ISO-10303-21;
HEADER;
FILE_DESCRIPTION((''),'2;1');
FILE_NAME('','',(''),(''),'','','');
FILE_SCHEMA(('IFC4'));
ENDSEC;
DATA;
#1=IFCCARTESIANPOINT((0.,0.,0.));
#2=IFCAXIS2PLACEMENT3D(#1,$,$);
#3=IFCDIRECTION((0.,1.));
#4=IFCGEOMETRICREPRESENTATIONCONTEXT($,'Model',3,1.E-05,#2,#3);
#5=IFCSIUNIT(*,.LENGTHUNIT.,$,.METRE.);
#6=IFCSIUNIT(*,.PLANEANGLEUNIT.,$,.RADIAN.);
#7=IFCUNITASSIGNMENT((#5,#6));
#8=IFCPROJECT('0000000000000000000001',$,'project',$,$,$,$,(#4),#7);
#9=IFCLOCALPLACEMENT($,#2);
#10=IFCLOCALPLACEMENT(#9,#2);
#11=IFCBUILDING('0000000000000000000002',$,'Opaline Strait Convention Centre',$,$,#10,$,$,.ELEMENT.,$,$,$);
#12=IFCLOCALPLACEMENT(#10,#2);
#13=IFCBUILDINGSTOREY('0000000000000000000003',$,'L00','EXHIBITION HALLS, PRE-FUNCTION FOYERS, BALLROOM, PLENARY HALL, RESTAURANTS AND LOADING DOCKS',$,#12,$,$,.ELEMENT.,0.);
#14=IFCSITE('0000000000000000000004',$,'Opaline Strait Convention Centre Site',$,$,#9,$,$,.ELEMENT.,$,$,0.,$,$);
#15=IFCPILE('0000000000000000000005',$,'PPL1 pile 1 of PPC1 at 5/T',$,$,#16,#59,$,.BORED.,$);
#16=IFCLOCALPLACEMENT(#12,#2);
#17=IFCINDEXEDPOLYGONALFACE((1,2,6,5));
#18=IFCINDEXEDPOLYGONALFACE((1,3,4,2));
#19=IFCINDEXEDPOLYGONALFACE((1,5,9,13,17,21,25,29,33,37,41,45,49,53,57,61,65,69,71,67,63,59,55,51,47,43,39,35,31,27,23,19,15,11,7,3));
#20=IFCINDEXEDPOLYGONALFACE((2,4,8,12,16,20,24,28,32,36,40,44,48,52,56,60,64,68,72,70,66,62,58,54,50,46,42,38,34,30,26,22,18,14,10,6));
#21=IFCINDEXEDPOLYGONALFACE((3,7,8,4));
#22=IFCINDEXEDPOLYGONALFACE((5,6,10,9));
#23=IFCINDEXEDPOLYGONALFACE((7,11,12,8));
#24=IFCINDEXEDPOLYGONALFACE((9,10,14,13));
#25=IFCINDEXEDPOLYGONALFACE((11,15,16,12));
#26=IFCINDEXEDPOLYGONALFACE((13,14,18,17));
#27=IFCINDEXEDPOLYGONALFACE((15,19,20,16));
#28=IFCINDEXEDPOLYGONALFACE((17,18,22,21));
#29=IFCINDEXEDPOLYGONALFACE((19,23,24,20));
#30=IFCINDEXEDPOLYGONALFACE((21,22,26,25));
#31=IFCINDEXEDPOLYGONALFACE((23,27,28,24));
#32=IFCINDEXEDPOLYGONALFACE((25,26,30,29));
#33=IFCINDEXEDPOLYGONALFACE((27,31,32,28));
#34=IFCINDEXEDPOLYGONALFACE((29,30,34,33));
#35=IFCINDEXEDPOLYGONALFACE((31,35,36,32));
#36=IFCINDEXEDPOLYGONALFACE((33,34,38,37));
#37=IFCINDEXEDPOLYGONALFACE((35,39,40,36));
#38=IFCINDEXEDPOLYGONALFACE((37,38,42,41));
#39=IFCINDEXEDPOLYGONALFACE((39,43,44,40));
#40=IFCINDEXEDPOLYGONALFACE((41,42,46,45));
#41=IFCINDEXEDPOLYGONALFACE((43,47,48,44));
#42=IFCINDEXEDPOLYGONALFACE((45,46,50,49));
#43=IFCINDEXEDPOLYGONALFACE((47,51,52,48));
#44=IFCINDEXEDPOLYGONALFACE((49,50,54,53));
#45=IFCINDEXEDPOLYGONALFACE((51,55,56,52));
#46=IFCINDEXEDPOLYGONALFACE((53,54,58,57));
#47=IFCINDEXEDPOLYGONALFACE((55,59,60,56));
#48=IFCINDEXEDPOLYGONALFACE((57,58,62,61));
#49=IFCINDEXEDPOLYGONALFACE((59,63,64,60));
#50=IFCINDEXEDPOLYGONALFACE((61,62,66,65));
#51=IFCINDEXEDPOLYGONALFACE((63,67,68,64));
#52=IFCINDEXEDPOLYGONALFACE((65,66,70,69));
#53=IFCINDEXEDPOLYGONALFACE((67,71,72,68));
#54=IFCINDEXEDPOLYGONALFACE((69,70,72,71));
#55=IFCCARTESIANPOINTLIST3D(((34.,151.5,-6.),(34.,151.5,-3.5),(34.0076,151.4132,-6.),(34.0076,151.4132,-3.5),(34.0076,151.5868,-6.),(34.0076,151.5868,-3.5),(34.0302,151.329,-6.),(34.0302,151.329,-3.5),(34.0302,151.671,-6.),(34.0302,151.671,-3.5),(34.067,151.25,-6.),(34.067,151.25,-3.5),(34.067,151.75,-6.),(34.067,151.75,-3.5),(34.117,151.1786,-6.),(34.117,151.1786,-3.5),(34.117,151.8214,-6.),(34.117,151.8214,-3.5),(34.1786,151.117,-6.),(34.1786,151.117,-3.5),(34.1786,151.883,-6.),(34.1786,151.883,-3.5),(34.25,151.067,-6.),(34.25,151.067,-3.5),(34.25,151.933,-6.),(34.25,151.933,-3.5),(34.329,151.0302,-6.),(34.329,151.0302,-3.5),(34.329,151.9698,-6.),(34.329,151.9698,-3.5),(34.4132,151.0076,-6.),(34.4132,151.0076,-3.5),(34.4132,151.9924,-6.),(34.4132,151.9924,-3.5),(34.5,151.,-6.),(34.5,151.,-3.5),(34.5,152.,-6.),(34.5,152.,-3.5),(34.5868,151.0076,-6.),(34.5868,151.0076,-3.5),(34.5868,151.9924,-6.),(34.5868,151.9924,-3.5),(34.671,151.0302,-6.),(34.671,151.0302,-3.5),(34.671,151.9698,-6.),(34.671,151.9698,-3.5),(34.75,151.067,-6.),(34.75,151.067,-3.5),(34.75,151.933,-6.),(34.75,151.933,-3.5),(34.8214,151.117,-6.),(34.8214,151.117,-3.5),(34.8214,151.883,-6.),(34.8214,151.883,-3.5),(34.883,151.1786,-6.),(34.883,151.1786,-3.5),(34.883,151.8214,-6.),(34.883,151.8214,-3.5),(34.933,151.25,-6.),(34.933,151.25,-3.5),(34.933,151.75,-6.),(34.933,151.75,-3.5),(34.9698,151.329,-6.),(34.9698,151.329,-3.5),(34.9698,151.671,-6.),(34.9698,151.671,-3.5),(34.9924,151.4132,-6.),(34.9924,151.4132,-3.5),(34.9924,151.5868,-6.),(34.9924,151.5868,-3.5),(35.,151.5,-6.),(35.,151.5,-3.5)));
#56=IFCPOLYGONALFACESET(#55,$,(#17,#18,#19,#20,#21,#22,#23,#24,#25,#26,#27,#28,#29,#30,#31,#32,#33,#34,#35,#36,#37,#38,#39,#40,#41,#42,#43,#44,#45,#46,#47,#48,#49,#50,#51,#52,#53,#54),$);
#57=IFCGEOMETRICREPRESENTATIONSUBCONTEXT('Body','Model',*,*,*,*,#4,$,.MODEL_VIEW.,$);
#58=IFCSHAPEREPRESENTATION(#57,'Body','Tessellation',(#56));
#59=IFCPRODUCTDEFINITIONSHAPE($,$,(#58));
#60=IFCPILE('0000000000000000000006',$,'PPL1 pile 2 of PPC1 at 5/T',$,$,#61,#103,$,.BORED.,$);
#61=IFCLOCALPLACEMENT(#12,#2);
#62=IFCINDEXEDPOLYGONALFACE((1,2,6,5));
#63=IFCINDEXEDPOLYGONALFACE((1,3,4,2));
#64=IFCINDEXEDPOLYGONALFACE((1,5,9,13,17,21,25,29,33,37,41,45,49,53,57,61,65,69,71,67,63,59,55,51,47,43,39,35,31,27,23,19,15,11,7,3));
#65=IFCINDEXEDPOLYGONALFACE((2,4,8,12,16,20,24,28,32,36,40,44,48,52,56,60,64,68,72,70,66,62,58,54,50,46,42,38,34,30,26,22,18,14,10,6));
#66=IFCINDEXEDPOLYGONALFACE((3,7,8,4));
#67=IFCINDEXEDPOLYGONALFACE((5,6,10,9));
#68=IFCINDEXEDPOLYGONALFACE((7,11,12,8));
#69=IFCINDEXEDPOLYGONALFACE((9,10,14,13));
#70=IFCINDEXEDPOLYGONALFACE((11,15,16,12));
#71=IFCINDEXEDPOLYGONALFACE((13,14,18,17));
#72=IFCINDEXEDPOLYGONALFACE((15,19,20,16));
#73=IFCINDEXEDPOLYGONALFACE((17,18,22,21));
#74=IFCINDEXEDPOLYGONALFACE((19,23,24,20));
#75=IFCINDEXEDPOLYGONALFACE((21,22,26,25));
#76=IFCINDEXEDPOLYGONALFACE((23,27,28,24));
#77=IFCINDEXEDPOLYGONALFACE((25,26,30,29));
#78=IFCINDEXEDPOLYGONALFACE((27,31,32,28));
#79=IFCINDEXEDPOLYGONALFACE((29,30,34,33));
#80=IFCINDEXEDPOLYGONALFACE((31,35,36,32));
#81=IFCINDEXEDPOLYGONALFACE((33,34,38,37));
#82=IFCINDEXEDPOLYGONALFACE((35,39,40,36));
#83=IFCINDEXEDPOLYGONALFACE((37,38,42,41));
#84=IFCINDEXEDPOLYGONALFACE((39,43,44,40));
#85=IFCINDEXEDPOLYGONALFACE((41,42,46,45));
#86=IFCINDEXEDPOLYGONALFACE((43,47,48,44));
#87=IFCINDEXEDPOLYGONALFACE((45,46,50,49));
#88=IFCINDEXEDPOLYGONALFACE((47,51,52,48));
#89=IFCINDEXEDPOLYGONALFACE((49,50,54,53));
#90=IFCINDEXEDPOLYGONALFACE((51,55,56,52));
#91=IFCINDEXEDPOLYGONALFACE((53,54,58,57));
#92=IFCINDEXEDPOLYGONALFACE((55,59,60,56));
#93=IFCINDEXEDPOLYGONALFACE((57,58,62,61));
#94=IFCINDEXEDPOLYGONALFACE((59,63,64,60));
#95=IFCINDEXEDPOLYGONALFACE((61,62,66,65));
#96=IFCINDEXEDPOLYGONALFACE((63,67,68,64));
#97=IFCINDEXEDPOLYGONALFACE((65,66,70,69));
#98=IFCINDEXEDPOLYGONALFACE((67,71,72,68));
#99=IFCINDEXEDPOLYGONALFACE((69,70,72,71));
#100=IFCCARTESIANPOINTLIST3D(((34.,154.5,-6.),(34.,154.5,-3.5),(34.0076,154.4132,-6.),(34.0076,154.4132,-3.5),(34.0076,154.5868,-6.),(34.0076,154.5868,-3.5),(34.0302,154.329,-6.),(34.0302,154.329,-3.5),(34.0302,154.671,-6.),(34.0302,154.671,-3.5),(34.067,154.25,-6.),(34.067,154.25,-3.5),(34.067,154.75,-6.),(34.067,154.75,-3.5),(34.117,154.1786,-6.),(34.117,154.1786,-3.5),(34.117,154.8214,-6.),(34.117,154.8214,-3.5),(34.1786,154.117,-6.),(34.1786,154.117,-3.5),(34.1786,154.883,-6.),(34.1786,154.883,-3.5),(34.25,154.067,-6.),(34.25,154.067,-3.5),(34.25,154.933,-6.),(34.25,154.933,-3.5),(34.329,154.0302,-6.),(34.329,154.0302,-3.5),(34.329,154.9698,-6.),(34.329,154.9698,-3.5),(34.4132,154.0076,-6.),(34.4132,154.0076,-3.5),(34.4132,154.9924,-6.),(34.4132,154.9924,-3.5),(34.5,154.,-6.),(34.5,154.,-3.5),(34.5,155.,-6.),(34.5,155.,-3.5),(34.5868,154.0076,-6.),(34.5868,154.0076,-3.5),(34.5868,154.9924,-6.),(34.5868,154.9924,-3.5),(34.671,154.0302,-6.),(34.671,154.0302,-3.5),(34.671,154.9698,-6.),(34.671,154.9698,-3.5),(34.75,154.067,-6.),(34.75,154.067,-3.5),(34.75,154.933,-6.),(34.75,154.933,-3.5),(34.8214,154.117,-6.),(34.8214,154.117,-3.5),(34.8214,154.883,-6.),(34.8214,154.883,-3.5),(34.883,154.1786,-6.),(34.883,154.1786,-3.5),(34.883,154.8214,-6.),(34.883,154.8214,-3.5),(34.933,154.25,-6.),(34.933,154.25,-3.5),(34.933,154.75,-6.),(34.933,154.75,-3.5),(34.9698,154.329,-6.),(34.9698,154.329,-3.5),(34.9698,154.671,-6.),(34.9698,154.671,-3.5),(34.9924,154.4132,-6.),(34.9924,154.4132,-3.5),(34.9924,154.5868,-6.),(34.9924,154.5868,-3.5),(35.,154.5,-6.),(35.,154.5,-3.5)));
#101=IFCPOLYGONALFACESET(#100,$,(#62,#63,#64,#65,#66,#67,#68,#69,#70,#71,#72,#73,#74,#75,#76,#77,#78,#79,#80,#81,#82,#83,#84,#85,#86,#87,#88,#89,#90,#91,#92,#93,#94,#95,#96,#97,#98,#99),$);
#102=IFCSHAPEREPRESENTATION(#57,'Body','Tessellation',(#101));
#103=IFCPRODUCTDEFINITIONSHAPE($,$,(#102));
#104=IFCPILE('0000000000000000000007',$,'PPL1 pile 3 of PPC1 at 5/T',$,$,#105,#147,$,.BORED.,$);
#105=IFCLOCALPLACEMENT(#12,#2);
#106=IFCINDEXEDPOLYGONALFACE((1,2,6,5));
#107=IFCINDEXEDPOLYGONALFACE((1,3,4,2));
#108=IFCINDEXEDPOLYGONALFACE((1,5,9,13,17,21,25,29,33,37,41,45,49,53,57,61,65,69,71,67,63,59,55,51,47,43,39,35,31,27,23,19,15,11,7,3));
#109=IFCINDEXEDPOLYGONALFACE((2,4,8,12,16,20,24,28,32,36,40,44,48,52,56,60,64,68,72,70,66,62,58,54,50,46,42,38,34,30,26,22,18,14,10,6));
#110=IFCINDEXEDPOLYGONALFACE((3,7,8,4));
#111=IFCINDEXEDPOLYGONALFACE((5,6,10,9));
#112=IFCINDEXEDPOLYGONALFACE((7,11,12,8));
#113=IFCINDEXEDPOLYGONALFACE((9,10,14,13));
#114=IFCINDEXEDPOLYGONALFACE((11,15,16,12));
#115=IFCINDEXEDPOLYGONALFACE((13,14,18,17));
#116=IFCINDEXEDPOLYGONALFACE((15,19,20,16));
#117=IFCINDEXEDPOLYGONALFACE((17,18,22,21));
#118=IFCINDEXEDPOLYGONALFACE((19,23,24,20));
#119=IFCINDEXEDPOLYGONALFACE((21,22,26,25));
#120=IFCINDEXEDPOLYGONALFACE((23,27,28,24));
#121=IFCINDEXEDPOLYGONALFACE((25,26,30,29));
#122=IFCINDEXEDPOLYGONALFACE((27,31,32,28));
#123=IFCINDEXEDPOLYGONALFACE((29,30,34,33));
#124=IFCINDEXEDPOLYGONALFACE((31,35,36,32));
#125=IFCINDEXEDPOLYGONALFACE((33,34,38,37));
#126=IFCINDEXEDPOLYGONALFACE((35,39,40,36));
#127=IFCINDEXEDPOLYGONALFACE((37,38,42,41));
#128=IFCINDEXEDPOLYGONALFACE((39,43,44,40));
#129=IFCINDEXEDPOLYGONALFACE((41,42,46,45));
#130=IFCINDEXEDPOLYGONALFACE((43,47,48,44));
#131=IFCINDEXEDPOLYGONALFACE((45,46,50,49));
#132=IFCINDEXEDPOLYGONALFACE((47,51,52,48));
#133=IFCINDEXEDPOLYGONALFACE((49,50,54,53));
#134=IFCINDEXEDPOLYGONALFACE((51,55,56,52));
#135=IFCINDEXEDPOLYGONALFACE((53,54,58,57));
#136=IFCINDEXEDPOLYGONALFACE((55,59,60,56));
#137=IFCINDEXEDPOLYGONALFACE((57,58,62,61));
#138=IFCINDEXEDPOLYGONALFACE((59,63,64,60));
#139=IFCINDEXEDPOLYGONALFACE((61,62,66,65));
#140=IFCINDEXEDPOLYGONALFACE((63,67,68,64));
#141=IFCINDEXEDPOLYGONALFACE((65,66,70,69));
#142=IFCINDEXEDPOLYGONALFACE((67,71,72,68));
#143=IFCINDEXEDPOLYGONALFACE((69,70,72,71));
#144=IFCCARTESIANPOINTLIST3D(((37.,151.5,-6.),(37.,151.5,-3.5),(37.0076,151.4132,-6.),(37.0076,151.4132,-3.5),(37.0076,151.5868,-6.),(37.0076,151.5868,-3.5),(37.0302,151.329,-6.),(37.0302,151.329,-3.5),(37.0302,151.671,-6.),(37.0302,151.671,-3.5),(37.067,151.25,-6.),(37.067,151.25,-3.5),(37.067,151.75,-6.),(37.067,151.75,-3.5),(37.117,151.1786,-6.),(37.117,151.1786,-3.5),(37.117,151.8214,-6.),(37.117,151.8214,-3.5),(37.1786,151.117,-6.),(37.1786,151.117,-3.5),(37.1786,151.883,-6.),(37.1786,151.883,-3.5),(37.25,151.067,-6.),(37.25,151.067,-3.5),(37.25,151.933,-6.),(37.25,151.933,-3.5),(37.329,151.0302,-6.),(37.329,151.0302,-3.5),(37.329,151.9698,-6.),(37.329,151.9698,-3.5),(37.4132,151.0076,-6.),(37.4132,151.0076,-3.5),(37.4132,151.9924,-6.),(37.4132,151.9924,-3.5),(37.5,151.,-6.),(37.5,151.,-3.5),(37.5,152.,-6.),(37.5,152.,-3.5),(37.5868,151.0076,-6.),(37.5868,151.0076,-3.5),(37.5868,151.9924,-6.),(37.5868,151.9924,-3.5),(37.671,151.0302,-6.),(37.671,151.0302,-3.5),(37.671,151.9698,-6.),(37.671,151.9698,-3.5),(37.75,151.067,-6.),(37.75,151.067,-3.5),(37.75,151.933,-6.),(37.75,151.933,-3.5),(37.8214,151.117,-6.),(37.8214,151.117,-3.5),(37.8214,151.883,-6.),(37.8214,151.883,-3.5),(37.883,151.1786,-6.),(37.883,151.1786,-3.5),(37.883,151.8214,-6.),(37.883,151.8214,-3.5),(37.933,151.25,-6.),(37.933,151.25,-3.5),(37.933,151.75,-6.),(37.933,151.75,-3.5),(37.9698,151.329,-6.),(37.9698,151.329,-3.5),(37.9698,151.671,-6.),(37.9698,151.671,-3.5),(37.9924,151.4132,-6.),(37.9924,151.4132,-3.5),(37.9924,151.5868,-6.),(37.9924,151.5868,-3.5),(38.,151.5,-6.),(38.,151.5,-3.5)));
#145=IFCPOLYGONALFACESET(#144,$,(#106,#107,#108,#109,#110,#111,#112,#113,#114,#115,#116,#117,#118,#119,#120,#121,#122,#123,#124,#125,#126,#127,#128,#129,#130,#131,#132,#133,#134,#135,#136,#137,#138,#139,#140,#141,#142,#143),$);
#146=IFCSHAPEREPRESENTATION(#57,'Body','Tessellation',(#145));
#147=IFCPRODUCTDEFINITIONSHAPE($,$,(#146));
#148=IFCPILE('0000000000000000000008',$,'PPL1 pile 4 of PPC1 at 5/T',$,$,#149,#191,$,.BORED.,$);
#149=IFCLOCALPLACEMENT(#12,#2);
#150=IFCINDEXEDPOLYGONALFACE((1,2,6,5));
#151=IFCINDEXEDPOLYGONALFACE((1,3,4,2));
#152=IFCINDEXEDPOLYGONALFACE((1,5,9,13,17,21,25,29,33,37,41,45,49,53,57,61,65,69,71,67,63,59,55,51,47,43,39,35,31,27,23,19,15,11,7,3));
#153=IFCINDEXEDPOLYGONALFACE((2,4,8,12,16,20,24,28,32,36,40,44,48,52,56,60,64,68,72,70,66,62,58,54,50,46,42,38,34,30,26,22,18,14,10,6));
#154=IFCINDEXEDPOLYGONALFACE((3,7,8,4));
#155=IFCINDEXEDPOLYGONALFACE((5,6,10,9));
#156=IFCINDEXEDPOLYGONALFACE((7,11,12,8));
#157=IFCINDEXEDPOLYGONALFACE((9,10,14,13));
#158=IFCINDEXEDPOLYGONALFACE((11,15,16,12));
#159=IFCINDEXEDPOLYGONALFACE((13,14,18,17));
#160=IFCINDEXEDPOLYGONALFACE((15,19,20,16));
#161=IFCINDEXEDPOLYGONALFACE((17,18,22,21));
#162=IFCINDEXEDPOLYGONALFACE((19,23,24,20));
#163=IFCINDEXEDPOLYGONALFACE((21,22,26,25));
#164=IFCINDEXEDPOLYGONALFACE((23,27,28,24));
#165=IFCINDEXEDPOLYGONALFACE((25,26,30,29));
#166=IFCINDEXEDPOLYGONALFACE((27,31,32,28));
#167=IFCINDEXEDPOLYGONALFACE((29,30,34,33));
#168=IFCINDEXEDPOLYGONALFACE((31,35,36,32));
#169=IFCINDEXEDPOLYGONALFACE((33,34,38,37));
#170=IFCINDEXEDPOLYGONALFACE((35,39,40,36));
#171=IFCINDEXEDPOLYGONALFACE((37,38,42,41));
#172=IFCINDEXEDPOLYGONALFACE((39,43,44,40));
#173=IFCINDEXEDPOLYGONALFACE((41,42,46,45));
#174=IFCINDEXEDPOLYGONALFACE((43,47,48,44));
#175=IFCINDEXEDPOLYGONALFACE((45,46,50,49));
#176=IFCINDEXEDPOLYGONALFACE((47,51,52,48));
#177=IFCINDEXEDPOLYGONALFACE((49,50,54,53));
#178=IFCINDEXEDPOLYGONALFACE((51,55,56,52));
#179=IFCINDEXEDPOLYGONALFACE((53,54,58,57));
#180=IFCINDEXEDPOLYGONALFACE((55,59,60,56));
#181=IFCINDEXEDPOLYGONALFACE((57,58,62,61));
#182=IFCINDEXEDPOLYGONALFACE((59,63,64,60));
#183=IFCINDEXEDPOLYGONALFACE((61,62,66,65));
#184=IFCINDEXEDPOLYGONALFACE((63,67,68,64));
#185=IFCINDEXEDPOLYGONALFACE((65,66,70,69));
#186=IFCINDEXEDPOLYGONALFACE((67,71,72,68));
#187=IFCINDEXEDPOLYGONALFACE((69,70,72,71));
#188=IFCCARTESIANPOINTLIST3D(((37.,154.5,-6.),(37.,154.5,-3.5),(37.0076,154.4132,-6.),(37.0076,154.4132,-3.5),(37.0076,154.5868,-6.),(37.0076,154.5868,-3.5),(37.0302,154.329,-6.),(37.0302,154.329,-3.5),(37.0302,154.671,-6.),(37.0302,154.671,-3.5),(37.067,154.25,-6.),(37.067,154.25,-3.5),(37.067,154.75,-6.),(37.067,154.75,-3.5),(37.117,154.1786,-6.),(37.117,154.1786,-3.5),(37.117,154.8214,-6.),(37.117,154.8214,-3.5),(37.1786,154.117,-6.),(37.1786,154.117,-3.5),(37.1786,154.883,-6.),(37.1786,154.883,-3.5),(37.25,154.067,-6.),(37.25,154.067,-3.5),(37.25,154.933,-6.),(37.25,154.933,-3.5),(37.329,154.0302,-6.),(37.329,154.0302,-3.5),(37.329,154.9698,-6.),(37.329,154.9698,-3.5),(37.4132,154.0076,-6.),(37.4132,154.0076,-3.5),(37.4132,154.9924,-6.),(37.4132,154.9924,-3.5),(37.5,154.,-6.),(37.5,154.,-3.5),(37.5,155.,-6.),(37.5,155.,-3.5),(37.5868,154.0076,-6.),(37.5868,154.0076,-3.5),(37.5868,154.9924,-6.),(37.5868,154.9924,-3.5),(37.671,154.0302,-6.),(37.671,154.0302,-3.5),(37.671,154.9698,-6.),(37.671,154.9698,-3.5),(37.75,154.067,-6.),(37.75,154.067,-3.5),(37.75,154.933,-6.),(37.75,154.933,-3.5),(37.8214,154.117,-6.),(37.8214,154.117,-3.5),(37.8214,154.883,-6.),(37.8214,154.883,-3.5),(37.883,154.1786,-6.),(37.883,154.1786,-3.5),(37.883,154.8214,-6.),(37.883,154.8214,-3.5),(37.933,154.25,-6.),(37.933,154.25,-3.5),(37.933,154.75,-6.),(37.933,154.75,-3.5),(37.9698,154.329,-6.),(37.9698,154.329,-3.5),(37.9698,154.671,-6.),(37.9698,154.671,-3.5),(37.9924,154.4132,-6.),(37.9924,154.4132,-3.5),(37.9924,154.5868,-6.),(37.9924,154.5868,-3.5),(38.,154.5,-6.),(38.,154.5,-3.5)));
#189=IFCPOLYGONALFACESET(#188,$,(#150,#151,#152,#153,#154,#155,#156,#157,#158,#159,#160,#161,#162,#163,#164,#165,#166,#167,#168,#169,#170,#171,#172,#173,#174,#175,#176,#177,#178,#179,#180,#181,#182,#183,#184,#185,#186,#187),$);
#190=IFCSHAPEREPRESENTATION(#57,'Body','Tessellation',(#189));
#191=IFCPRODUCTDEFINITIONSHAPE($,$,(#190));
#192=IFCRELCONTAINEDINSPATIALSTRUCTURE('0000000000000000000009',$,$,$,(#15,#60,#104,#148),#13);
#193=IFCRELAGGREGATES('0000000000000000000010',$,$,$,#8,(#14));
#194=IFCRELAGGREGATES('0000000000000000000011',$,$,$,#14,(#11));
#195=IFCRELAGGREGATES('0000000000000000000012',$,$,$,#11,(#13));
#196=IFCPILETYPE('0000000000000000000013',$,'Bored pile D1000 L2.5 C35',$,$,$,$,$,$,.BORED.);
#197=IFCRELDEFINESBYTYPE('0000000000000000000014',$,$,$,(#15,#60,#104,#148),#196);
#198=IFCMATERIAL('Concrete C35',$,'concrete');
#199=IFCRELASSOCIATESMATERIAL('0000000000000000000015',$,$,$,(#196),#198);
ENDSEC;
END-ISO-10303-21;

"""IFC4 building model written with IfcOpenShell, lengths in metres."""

from ifc_helpers import new_model, si_unit, direction, frame, origin, origin_2d, place, context, subcontext, project, spatial, circle, extrude, material, material_profile, profile_set, type_object, element, save


model = new_model("IFC4")

# Units and contexts
model_context = context("Model", 3, precision=1e-05, world=origin(), true_north=direction((0.0, 1.0)))
body_context = subcontext(model_context, "Body", "Model", "MODEL_VIEW")
ifc_project = project(units=[si_unit("LENGTHUNIT", "METRE"), si_unit("PLANEANGLEUNIT", "RADIAN")], contexts=[model_context])

# Site, building, storey
site_placement = place(None, origin())
site = spatial("IfcSite", under=ifc_project, at=site_placement, Name="Opaline Strait Convention Centre Site", CompositionType="ELEMENT", RefElevation=0.0)
building_placement = place(site_placement, origin())
building = spatial("IfcBuilding", under=site, at=building_placement, Name="Opaline Strait Convention Centre", CompositionType="ELEMENT")
storey_placement = place(building_placement, origin())
storey = spatial("IfcBuildingStorey", under=building, at=storey_placement, Name="L00", Description="EXHIBITION HALLS, PRE-FUNCTION FOYERS, BALLROOM, PLENARY HALL, RESTAURANTS AND LOADING DOCKS", CompositionType="ELEMENT", Elevation=0.0)

# Piles
ifc_material_1 = material(Name="Concrete C35", Category="concrete")
ifc_material_profile_1 = material_profile(ifc_material_1, circle(Radius=0.5, at=origin_2d()), Name="D1000")
ifc_profile_set_1 = profile_set([ifc_material_profile_1], Name="Concrete C35")
pile_type = type_object("IfcPileType", Name="Bored pile D1000 L2.5 C35", PredefinedType="BORED", material=ifc_profile_set_1)
for number, where, z_axis, x_axis, name in (
    (1, (34.5, 151.5, -3.5), (0.0, 0.0, -1.0), (1.0, 0.0, 0.0), "PPL1 pile 1 of PPC1 at 5/T"),
    (2, (34.5, 154.5, -3.5), (0.0, 0.0, -1.0), (1.0, 0.0, 0.0), "PPL1 pile 2 of PPC1 at 5/T"),
    (3, (37.5, 151.5, -3.5), (0.0, 0.0, -1.0), (1.0, 0.0, 0.0), "PPL1 pile 3 of PPC1 at 5/T"),
    (4, (37.5, 154.5, -3.5), (0.0, 0.0, -1.0), (1.0, 0.0, 0.0), "PPL1 pile 4 of PPC1 at 5/T"),
):
    element("IfcPile", number, at=place(storey_placement, frame(where, z_axis=z_axis, x_axis=x_axis)), inside=storey, type_object=pile_type, Name=name, PredefinedType="BORED", context=body_context, shape_type="SweptSolid", body=[
        extrude(circle(Radius=0.5, at=origin_2d()), origin(), (0.0, 0.0, 1.0), 2.5),
    ])

save(model, "model.ifc")
